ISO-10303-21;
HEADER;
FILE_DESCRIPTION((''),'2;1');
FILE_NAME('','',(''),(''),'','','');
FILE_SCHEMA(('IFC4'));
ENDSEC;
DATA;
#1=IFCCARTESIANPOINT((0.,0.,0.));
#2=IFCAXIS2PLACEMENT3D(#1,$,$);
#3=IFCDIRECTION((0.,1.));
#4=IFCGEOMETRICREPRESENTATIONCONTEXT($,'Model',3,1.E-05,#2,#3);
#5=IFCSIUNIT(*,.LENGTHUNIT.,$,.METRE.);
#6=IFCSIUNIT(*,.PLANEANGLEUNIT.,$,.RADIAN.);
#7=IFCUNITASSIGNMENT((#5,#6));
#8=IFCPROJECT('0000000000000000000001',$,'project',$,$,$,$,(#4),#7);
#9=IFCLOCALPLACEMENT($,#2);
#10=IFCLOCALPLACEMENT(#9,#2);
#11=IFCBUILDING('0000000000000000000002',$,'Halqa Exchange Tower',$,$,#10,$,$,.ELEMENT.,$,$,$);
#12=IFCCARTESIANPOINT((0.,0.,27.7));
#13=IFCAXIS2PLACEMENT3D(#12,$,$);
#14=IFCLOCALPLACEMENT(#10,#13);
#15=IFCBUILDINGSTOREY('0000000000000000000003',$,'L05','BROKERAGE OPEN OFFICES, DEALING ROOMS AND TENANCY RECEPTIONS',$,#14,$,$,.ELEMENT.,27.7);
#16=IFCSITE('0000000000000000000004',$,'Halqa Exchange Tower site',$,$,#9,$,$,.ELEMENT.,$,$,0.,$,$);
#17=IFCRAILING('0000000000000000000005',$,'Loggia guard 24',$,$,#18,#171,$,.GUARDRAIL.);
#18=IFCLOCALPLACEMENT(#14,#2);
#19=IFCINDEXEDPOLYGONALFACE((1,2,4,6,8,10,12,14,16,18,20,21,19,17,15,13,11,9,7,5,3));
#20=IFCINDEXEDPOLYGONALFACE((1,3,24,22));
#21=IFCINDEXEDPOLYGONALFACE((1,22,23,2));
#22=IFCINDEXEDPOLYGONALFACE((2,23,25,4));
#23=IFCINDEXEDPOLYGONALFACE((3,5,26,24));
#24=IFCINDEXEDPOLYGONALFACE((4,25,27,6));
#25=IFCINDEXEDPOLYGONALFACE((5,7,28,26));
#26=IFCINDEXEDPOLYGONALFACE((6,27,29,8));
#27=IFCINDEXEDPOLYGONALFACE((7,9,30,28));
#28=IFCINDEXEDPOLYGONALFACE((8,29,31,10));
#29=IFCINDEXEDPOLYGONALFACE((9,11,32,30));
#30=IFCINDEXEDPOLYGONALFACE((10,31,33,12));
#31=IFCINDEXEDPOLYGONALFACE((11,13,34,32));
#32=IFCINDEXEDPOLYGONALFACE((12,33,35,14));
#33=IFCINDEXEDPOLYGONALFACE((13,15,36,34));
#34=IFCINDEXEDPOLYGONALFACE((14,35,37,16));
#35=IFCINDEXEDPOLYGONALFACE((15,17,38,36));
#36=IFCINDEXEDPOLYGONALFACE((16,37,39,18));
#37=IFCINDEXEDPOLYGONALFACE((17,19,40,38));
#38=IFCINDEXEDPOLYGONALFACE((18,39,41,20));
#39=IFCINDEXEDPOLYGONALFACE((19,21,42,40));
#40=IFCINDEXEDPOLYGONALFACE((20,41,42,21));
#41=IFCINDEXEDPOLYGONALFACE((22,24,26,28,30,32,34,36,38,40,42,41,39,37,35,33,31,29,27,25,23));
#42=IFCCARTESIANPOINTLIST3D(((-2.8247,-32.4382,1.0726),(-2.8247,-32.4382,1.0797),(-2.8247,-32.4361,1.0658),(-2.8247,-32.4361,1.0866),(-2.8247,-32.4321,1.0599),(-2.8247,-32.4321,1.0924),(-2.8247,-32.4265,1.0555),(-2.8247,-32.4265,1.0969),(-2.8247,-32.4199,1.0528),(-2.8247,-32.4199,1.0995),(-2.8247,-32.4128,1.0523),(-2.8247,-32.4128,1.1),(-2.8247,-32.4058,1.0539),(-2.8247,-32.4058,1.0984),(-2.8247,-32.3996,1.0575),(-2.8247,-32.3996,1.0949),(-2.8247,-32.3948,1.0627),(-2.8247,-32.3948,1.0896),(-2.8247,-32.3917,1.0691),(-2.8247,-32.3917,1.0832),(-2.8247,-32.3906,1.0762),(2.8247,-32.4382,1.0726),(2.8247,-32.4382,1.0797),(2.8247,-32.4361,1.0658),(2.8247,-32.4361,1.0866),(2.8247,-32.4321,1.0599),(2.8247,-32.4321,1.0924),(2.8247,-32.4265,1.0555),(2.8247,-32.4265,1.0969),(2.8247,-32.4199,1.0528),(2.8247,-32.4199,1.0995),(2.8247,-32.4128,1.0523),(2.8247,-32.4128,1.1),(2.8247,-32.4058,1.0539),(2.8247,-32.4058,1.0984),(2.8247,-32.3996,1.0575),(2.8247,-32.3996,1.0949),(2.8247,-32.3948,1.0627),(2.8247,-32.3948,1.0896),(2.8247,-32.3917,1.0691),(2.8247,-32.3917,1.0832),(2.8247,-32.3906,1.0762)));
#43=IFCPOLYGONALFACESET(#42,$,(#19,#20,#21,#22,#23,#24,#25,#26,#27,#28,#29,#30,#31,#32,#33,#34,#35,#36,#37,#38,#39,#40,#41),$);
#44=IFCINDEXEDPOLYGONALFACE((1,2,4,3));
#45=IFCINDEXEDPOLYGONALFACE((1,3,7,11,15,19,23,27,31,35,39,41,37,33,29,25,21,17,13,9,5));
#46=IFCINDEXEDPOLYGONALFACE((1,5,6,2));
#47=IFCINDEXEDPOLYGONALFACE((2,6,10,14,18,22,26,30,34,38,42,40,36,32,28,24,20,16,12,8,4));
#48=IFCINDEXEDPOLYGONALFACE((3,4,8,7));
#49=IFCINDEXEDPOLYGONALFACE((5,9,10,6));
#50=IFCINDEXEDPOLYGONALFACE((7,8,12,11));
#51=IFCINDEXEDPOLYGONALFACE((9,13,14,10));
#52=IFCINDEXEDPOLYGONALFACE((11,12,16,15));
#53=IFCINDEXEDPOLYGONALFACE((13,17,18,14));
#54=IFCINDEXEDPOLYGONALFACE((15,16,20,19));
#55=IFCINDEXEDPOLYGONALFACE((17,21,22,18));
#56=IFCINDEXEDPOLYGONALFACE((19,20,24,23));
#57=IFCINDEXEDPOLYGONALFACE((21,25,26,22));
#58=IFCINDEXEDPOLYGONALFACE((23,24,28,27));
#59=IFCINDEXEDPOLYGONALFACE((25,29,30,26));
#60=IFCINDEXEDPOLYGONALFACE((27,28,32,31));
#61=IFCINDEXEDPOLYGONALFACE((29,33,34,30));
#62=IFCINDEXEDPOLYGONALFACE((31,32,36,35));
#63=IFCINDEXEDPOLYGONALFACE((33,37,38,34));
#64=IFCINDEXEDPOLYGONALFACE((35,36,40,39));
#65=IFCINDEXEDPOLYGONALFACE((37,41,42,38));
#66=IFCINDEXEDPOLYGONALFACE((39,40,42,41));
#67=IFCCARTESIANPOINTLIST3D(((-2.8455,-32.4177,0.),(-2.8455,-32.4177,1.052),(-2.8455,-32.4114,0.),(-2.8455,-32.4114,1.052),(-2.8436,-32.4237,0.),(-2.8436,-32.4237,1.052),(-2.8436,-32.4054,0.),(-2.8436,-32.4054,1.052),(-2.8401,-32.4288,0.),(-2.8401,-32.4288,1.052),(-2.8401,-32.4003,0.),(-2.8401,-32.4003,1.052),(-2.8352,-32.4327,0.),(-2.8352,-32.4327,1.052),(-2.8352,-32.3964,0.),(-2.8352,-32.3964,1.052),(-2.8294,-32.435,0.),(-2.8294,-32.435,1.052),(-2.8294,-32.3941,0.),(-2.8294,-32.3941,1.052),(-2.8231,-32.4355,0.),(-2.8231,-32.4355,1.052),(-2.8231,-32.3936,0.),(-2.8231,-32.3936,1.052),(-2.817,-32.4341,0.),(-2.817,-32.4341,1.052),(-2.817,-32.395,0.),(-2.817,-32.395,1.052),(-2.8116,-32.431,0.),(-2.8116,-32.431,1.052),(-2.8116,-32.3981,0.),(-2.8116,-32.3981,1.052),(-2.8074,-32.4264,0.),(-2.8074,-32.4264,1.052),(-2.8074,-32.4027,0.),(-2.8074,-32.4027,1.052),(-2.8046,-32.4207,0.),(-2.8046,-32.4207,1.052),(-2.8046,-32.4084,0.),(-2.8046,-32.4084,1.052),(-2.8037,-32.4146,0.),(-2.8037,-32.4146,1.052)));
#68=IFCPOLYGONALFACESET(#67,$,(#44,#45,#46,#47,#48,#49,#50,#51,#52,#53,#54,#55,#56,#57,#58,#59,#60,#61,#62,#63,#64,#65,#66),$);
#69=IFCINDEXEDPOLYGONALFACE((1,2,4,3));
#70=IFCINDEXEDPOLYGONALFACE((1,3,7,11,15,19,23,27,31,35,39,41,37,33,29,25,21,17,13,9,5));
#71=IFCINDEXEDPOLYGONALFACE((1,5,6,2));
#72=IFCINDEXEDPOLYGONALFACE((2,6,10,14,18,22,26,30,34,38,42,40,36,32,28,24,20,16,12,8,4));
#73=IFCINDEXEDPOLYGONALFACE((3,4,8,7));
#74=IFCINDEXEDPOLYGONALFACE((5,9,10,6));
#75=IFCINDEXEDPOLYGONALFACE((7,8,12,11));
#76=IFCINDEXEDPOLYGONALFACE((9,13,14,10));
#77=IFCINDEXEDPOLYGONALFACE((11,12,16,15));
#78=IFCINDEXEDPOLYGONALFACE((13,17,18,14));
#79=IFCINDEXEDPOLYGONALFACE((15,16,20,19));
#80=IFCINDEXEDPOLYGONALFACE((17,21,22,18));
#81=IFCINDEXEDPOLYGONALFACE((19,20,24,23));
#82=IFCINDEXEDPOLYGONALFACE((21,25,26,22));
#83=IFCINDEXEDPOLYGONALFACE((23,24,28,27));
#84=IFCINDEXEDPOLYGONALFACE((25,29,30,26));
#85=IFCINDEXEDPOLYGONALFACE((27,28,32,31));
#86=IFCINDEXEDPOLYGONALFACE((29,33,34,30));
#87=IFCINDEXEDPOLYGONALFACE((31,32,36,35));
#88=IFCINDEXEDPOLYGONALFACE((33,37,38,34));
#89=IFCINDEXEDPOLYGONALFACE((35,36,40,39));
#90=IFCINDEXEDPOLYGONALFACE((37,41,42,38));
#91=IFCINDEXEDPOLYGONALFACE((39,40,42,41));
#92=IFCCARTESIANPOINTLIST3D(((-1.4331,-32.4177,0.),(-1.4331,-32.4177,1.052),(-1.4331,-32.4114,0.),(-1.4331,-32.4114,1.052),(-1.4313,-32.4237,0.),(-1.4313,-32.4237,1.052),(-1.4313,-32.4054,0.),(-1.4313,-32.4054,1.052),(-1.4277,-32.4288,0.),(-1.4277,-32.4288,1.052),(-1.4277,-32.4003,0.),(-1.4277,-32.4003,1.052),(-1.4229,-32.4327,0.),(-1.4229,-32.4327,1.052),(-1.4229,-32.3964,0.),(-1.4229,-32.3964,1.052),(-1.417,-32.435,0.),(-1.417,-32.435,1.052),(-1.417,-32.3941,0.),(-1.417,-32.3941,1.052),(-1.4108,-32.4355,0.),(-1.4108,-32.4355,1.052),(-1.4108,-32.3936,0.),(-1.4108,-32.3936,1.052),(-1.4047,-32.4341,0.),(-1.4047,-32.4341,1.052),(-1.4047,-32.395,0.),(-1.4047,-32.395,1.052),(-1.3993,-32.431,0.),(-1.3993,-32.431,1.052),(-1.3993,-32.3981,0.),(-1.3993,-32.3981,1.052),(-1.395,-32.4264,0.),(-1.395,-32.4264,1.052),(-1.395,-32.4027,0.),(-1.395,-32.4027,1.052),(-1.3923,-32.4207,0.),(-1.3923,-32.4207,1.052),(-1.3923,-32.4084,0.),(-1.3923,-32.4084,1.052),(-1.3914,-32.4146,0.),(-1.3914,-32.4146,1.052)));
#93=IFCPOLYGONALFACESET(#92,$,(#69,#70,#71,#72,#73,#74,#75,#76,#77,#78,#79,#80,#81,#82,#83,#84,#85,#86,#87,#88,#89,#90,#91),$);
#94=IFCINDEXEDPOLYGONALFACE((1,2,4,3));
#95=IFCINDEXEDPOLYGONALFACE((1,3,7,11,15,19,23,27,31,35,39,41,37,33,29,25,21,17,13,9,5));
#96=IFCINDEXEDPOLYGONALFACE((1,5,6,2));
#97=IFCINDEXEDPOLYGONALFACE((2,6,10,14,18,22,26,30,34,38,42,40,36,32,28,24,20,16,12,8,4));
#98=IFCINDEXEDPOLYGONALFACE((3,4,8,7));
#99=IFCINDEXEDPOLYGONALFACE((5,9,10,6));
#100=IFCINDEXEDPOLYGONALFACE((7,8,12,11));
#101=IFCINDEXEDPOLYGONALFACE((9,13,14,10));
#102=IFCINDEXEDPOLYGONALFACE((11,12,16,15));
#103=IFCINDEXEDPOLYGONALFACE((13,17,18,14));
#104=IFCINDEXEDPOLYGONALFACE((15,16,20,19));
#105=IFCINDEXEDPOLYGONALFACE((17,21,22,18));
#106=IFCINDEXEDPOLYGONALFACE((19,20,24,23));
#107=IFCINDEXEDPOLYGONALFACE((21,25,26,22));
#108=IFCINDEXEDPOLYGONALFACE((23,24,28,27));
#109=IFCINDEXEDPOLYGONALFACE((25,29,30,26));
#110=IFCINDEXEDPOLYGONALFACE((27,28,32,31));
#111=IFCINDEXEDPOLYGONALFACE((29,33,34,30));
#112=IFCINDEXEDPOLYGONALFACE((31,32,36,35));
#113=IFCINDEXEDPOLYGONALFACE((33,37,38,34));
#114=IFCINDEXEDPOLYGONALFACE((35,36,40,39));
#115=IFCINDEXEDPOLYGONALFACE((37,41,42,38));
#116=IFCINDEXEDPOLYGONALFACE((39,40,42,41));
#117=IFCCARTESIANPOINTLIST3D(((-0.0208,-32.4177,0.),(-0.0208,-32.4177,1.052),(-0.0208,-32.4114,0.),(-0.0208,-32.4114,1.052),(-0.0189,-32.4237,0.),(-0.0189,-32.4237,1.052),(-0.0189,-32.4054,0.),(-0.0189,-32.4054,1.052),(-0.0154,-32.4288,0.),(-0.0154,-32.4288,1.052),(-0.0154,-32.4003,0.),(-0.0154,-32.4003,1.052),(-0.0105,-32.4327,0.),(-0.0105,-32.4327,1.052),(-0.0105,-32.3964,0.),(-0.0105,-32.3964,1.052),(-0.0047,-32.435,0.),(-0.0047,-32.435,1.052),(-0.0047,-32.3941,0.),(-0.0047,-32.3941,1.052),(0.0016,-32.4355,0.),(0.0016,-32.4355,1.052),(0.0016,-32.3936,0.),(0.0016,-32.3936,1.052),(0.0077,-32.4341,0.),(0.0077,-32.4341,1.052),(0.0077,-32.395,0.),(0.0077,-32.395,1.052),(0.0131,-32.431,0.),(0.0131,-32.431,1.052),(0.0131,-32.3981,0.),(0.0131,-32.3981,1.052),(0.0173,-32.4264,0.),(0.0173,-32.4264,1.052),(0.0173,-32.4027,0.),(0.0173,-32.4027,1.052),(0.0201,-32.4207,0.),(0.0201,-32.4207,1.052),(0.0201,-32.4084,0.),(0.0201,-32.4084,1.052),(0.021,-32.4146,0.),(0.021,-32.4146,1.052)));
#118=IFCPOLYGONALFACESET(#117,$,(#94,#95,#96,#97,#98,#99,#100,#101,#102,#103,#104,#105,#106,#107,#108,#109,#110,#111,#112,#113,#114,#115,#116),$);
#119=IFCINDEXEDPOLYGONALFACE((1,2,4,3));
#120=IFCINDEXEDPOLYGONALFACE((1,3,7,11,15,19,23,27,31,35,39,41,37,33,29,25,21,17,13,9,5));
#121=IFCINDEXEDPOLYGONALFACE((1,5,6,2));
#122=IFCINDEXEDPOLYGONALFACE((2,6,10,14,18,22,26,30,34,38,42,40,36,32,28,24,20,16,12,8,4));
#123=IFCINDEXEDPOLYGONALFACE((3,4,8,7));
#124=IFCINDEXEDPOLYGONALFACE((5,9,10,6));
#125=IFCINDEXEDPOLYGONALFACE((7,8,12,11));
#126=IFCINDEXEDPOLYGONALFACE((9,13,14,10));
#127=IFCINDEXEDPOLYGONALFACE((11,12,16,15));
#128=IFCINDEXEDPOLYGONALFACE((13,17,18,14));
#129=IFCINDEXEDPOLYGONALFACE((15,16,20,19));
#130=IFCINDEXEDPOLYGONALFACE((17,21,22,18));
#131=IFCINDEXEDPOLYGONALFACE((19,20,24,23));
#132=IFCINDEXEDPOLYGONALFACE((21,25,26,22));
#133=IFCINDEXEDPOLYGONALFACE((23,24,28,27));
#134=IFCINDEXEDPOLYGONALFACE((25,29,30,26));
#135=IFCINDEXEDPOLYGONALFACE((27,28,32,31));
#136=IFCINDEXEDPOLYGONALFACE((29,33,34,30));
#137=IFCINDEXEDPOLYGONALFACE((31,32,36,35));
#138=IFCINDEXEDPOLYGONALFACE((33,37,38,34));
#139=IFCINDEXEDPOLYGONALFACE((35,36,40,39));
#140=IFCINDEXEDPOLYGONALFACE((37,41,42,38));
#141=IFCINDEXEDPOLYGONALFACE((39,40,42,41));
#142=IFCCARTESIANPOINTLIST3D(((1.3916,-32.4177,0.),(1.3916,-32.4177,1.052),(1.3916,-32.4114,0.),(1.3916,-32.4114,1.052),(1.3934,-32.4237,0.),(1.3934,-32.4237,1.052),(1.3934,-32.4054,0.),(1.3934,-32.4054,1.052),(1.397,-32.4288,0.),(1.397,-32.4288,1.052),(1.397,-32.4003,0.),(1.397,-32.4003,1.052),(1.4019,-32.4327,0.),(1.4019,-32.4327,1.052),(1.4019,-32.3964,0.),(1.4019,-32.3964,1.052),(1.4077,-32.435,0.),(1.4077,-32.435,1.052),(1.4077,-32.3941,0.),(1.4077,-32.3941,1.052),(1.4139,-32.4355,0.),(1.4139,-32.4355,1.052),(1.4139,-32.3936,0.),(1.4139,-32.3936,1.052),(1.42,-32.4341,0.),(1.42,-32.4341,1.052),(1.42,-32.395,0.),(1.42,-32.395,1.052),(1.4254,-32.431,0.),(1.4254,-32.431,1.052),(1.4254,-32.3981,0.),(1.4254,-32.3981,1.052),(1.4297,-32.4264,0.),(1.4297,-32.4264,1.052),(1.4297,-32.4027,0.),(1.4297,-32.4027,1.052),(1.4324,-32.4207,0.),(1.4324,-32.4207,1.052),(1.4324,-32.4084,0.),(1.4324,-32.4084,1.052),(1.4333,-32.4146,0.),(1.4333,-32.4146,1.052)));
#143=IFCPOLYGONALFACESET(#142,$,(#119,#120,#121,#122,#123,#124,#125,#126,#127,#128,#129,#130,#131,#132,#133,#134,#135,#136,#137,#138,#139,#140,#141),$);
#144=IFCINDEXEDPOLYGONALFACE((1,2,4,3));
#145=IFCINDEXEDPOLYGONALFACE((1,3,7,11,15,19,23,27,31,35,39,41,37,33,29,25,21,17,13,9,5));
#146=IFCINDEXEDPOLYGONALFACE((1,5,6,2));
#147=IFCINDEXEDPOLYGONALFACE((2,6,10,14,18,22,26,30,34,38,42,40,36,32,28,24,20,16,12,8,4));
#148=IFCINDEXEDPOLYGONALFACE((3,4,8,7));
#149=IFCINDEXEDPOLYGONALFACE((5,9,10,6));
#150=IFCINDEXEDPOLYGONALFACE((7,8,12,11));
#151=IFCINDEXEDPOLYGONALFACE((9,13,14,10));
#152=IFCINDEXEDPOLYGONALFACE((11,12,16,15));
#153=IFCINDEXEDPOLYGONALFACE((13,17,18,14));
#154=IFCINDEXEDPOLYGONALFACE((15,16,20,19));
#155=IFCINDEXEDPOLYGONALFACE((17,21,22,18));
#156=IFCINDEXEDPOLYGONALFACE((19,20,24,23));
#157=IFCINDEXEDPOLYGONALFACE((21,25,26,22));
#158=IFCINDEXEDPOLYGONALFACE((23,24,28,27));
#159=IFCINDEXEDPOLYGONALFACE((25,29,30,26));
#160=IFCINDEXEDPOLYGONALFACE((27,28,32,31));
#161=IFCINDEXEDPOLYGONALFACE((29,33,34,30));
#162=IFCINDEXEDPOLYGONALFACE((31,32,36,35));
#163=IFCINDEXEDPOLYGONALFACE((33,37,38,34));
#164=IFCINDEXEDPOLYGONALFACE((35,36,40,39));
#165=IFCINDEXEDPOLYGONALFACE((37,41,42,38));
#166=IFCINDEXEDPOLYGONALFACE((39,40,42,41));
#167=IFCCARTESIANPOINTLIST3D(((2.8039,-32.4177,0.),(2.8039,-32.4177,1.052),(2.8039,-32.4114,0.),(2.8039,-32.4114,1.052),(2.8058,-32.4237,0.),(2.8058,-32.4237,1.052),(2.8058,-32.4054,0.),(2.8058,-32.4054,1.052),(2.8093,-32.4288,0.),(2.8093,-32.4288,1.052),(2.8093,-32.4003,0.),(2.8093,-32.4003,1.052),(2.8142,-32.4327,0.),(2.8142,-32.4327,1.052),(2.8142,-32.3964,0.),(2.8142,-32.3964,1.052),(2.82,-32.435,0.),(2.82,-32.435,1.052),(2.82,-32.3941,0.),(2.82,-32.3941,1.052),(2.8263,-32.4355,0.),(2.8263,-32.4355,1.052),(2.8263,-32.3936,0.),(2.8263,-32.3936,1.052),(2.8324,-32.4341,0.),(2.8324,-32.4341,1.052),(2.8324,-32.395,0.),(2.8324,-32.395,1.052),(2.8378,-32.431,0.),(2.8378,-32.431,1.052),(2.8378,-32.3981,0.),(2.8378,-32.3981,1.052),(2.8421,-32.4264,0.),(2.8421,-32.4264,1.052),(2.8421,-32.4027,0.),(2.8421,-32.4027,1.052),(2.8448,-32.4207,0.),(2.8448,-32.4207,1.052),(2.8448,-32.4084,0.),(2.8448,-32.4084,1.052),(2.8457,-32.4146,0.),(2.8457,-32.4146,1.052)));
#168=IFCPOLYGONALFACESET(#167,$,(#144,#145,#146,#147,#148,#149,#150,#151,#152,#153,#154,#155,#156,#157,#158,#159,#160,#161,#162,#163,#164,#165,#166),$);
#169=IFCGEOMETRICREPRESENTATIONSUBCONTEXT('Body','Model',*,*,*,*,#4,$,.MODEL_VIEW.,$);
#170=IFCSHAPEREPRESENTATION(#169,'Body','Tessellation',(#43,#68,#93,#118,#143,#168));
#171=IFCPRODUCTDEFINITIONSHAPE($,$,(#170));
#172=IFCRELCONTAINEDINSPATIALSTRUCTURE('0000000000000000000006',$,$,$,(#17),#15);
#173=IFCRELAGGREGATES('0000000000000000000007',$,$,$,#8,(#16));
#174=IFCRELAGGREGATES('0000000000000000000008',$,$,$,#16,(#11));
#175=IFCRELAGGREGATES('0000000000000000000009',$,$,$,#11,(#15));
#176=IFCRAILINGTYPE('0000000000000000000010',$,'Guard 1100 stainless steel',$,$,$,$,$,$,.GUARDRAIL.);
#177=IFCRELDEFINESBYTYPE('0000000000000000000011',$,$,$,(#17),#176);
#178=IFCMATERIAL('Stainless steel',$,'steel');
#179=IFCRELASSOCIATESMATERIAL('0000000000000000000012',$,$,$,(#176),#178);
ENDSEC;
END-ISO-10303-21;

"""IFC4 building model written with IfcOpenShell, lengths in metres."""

from ifc_helpers import new_model, si_unit, direction, frame, origin, origin_2d, place, context, subcontext, project, spatial, circle, extrude, material, type_object, element, save


model = new_model("IFC4")

# Units and contexts
model_context = context("Model", 3, precision=1e-05, world=origin(), true_north=direction((0.0, 1.0)))
body_context = subcontext(model_context, "Body", "Model", "MODEL_VIEW")
ifc_project = project(units=[si_unit("LENGTHUNIT", "METRE"), si_unit("PLANEANGLEUNIT", "RADIAN")], contexts=[model_context])

# Site, building, storey
site_placement = place(None, origin())
site = spatial("IfcSite", under=ifc_project, at=site_placement, Name="Halqa Exchange Tower site", CompositionType="ELEMENT", RefElevation=0.0)
building_placement = place(site_placement, origin())
building = spatial("IfcBuilding", under=site, at=building_placement, Name="Halqa Exchange Tower", CompositionType="ELEMENT")
storey_placement = place(building_placement, frame((0.0, 0.0, 27.7)))
storey = spatial("IfcBuildingStorey", under=building, at=storey_placement, Name="L05", Description="BROKERAGE OPEN OFFICES, DEALING ROOMS AND TENANCY RECEPTIONS", CompositionType="ELEMENT", Elevation=27.7)

# Railing
ifc_material_1 = material(Name="Stainless steel", Category="steel")
railing_type = type_object("IfcRailingType", Name="Guard 1100 stainless steel", PredefinedType="GUARDRAIL", material=ifc_material_1)
railing_1_placement = place(storey_placement, frame((-2.8247, -32.4146, 0.0)))
element("IfcRailing", 1, at=railing_1_placement, inside=storey, type_object=railing_type, Name="Loggia guard 24", PredefinedType="GUARDRAIL", context=body_context, shape_type="SweptSolid", body=[
    extrude(circle(Radius=0.0239, at=origin_2d()), frame((0.0, 0.0, 1.0762), z_axis=(1.0, 0.0, 0.0), x_axis=(0.0, 1.0, 0.0)), (0.0, 0.0, 1.0), 5.6494),
    extrude(circle(Radius=0.021, at=origin_2d()), origin(), (0.0, 0.0, 1.0), 1.052),
    extrude(circle(Radius=0.021, at=origin_2d()), frame((1.4124, 0.0, 0.0)), (0.0, 0.0, 1.0), 1.052),
    extrude(circle(Radius=0.021, at=origin_2d()), frame((2.8247, 0.0, 0.0)), (0.0, 0.0, 1.0), 1.052),
    extrude(circle(Radius=0.021, at=origin_2d()), frame((4.2371, 0.0, 0.0)), (0.0, 0.0, 1.0), 1.052),
    extrude(circle(Radius=0.021, at=origin_2d()), frame((5.6494, 0.0, 0.0)), (0.0, 0.0, 1.0), 1.052),
])

save(model, "model.ifc")
